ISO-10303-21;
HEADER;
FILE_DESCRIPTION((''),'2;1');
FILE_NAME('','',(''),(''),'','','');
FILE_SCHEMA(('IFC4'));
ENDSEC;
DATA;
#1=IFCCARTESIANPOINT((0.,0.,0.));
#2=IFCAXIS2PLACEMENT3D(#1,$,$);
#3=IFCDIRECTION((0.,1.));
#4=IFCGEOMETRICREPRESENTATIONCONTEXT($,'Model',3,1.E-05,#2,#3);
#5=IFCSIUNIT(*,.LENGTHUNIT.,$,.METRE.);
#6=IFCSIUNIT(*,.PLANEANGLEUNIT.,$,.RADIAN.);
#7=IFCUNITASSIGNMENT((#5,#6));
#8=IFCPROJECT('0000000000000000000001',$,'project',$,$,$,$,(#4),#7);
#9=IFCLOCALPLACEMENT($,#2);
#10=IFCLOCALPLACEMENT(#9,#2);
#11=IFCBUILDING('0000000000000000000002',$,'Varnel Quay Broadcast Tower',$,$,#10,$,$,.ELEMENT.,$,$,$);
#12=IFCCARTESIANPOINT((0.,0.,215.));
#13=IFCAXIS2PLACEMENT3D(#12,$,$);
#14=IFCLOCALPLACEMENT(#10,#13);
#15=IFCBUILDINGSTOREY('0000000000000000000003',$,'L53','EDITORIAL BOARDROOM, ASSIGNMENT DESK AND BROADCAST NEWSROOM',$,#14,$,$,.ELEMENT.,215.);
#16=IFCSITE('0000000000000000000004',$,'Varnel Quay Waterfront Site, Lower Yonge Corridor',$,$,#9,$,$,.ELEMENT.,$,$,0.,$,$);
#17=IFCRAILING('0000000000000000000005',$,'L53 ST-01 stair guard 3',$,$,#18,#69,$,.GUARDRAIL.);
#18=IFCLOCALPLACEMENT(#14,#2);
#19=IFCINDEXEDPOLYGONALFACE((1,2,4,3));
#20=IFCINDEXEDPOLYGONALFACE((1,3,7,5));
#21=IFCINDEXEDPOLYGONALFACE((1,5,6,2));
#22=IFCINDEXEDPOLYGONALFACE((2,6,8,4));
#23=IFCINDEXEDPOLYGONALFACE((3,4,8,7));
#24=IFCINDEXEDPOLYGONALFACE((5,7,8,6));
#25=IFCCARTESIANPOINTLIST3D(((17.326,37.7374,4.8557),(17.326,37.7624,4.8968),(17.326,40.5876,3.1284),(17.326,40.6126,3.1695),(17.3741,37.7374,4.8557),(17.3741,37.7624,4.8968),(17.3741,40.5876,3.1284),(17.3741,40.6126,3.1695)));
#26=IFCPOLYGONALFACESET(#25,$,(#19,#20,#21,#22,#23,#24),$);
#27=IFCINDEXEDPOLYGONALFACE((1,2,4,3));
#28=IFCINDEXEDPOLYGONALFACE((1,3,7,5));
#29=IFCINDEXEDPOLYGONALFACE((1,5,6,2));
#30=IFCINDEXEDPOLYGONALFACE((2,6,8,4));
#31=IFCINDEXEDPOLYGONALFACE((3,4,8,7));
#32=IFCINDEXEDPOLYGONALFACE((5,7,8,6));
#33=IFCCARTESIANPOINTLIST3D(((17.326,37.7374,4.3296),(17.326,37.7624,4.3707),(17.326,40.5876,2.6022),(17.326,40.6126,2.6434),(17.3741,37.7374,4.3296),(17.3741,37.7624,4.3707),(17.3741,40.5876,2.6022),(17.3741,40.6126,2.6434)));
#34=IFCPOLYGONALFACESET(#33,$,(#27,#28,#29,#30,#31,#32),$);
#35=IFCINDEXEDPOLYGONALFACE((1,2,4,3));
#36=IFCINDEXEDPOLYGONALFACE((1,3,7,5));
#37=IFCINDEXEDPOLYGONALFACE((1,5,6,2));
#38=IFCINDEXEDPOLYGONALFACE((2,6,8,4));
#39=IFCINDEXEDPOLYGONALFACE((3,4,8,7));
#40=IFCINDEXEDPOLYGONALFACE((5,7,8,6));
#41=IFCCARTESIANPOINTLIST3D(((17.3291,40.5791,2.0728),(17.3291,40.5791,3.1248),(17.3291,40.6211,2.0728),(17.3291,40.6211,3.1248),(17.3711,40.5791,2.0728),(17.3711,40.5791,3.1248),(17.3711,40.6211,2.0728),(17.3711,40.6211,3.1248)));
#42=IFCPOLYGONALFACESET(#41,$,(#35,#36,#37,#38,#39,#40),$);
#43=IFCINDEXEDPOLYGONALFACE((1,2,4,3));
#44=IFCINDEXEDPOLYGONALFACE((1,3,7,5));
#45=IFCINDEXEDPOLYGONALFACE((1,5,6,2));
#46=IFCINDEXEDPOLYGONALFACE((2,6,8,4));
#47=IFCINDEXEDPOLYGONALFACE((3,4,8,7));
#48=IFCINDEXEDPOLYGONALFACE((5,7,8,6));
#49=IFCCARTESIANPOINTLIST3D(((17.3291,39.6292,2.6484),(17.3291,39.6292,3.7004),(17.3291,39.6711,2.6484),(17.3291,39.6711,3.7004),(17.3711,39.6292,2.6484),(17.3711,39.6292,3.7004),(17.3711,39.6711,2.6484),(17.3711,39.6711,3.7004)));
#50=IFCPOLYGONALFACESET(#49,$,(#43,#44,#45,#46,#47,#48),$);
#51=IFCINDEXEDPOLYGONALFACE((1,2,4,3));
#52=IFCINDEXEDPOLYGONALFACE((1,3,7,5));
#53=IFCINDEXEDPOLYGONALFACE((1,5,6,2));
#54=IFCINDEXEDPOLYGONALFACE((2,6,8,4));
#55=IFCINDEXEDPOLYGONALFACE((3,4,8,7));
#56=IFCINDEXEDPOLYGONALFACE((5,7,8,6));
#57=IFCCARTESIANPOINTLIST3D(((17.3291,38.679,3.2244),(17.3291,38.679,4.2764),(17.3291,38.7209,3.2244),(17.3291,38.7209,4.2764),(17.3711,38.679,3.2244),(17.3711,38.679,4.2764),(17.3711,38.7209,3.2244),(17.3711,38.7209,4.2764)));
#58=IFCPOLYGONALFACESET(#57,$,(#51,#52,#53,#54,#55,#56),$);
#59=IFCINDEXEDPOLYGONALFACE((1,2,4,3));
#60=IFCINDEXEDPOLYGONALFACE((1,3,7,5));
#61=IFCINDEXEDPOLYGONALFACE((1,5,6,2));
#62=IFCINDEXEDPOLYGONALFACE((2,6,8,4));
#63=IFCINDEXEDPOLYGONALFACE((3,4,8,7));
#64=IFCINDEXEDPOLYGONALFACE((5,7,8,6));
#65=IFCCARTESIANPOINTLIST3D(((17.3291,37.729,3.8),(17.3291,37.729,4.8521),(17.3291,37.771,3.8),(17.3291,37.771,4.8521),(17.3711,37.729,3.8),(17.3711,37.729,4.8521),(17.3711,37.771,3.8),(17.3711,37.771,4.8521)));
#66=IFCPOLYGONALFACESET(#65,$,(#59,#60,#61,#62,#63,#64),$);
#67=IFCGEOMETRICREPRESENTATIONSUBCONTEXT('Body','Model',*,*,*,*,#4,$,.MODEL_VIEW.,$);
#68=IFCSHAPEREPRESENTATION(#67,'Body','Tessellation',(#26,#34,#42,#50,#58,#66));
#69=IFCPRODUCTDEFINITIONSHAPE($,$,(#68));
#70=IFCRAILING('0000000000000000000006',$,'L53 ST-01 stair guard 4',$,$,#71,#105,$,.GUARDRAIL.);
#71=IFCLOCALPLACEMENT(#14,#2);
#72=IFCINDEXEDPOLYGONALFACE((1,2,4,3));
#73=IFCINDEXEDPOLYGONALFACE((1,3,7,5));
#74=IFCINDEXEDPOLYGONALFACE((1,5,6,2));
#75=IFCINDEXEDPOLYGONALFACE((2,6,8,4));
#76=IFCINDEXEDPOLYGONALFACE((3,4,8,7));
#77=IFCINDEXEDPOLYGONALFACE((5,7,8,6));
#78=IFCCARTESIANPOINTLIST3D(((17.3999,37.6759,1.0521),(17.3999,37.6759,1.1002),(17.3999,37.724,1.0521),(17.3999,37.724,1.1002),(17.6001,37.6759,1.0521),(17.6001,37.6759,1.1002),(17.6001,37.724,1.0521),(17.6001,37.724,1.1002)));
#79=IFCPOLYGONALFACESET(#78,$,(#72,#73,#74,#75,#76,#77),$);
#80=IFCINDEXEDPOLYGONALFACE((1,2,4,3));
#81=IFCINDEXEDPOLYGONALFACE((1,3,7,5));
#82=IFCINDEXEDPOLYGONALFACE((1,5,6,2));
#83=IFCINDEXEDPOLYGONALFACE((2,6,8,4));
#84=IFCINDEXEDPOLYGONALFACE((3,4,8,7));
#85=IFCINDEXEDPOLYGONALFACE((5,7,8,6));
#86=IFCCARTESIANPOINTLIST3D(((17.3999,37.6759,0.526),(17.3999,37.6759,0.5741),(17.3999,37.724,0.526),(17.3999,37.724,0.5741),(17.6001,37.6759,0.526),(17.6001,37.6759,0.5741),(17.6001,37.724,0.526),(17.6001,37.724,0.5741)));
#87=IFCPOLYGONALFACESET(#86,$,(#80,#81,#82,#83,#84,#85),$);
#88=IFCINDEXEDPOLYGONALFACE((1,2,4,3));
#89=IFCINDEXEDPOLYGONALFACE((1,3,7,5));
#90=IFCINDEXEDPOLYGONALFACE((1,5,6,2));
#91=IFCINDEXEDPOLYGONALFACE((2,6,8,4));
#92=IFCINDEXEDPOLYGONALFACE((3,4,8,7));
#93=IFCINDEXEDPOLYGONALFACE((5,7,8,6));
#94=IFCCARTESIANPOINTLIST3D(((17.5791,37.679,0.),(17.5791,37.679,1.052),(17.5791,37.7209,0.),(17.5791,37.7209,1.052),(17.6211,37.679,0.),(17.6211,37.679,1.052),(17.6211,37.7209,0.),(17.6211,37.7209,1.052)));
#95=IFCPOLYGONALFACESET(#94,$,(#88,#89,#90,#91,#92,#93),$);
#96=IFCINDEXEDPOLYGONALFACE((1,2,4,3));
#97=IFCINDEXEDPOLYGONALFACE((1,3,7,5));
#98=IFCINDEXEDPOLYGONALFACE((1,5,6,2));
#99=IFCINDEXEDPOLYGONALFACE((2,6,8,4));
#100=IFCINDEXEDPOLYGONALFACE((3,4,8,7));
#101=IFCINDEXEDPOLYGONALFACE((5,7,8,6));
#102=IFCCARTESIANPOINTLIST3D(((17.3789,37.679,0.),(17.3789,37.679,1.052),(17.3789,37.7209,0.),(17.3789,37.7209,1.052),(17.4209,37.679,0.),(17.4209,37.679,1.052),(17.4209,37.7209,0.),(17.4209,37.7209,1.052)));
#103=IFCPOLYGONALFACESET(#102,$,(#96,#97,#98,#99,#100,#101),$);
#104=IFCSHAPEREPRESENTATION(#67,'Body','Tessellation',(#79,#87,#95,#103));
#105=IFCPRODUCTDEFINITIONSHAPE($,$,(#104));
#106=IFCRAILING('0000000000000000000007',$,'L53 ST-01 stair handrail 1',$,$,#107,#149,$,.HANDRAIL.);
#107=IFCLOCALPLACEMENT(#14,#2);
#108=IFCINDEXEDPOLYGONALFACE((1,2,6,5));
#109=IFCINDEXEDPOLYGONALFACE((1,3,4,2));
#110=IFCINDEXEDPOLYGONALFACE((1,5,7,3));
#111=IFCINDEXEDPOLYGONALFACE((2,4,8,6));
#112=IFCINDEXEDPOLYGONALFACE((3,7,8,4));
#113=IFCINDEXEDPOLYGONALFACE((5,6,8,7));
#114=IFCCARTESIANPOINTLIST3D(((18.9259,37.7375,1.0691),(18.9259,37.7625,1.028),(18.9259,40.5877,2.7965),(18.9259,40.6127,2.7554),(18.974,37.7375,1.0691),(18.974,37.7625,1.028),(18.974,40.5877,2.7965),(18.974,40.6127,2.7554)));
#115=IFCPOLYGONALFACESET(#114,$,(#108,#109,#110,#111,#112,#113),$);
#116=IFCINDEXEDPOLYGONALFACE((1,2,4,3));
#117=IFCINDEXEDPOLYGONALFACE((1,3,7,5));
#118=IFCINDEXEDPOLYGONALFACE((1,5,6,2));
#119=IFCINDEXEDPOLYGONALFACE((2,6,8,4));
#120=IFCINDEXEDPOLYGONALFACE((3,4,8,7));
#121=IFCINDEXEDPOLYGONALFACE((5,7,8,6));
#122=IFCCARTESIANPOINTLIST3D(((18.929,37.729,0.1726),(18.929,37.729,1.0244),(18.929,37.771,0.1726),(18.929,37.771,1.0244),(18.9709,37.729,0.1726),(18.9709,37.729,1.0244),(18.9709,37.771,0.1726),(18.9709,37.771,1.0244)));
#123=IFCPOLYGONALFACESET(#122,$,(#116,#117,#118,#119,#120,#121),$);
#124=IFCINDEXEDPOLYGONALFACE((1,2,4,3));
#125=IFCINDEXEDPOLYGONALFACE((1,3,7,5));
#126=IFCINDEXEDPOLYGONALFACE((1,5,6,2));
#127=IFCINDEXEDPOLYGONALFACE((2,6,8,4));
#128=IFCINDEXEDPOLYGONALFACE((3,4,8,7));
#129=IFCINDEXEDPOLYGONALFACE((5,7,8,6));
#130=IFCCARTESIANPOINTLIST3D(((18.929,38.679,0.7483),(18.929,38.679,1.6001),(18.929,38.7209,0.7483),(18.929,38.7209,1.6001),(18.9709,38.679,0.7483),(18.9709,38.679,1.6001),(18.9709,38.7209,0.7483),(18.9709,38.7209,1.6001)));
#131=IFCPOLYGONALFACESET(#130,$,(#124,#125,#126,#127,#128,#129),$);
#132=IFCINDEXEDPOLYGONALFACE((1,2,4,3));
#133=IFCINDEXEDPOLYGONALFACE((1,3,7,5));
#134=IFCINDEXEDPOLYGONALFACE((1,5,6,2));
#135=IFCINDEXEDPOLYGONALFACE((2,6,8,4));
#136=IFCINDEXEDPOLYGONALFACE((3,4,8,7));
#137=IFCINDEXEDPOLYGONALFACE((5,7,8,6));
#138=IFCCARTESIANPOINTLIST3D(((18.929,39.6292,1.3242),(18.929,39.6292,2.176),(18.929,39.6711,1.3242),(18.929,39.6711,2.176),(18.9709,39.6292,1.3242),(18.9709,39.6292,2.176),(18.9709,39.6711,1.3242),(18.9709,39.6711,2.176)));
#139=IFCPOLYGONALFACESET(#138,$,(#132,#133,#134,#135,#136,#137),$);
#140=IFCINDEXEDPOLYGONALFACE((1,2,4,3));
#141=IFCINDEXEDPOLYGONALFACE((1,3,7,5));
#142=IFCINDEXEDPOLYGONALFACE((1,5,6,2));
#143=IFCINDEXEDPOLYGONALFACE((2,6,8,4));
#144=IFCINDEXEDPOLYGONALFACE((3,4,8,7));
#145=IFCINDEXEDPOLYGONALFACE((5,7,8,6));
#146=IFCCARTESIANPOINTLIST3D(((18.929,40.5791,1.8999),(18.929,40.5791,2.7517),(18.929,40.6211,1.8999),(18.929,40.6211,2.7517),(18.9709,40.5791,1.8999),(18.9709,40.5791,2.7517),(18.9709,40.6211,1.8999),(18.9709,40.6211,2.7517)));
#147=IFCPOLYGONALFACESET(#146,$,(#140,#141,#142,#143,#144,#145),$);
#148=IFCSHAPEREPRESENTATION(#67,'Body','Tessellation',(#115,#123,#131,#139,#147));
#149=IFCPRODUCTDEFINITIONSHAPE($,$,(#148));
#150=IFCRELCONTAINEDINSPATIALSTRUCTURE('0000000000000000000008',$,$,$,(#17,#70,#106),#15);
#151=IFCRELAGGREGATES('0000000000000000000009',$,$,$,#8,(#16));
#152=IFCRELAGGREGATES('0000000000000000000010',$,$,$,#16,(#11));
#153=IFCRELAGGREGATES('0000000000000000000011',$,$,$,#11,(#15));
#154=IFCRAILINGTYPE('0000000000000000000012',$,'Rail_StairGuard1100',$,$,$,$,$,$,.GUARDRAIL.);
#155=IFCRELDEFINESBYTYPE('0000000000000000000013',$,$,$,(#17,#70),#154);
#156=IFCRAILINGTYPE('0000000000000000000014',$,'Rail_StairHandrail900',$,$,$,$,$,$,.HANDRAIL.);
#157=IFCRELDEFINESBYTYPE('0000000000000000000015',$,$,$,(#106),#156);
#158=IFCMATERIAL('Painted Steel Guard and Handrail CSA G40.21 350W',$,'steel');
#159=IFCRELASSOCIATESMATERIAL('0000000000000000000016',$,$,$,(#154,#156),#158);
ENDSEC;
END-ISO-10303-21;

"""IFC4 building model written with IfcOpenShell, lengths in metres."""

from ifc_helpers import new_model, si_unit, direction, frame, origin, origin_2d, place, context, subcontext, project, spatial, rectangle, extrude, material, type_object, element, save


model = new_model("IFC4")

# Units and contexts
model_context = context("Model", 3, precision=1e-05, world=origin(), true_north=direction((0.0, 1.0)))
body_context = subcontext(model_context, "Body", "Model", "MODEL_VIEW")
ifc_project = project(units=[si_unit("LENGTHUNIT", "METRE"), si_unit("PLANEANGLEUNIT", "RADIAN")], contexts=[model_context])

# Site, building, storey
site_placement = place(None, origin())
site = spatial("IfcSite", under=ifc_project, at=site_placement, Name="Varnel Quay Waterfront Site, Lower Yonge Corridor", CompositionType="ELEMENT", RefElevation=0.0)
building_placement = place(site_placement, origin())
building = spatial("IfcBuilding", under=site, at=building_placement, Name="Varnel Quay Broadcast Tower", CompositionType="ELEMENT")
storey_placement = place(building_placement, frame((0.0, 0.0, 215.0)))
storey = spatial("IfcBuildingStorey", under=building, at=storey_placement, Name="L53", Description="EDITORIAL BOARDROOM, ASSIGNMENT DESK AND BROADCAST NEWSROOM", CompositionType="ELEMENT", Elevation=215.0)

# Railings
ifc_material_1 = material(Name="Painted Steel Guard and Handrail CSA G40.21 350W", Category="steel")
railing_type_1 = type_object("IfcRailingType", Name="Rail_StairGuard1100", PredefinedType="GUARDRAIL", material=ifc_material_1)
railing_1_placement = place(storey_placement, frame((17.3501, 40.6001, 2.0728)))
element("IfcRailing", 1, at=railing_1_placement, inside=storey, type_object=railing_type_1, Name="L53 ST-01 stair guard 3", PredefinedType="GUARDRAIL", context=body_context, shape_type="SweptSolid", body=[
    extrude(rectangle(XDim=0.0481, YDim=0.0481, at=origin_2d()), frame((0.0, 0.0, 1.0762), z_axis=(0.0, -0.855203, 0.518294), x_axis=(1.0, 0.0, 0.0)), (0.0, 0.0, 1.0), 3.3328),
    extrude(rectangle(XDim=0.0481, YDim=0.0481, at=origin_2d()), frame((0.0, 0.0, 0.55), z_axis=(0.0, -0.855203, 0.518294), x_axis=(1.0, 0.0, 0.0)), (0.0, 0.0, 1.0), 3.3328),
    extrude(rectangle(XDim=0.042, YDim=0.042, at=origin_2d()), origin(), (0.0, 0.0, 1.0), 1.052),
    extrude(rectangle(XDim=0.042, YDim=0.042, at=origin_2d()), frame((0.0, -0.95, 0.5757)), (0.0, 0.0, 1.0), 1.052),
    extrude(rectangle(XDim=0.042, YDim=0.042, at=origin_2d()), frame((0.0, -1.9001, 1.1516)), (0.0, 0.0, 1.0), 1.052),
    extrude(rectangle(XDim=0.042, YDim=0.042, at=origin_2d()), frame((0.0, -2.8501, 1.7273)), (0.0, 0.0, 1.0), 1.052),
])
railing_2_placement = place(storey_placement, frame((17.6001, 37.7, 0.0)))
element("IfcRailing", 2, at=railing_2_placement, inside=storey, type_object=railing_type_1, Name="L53 ST-01 stair guard 4", PredefinedType="GUARDRAIL", context=body_context, shape_type="SweptSolid", body=[
    extrude(rectangle(XDim=0.0481, YDim=0.0481, at=origin_2d()), frame((0.0, 0.0, 1.0762), z_axis=(-1.0, 0.0, 0.0), x_axis=(0.0, -1.0, 0.0)), (0.0, 0.0, 1.0), 0.2002),
    extrude(rectangle(XDim=0.0481, YDim=0.0481, at=origin_2d()), frame((0.0, 0.0, 0.55), z_axis=(-1.0, 0.0, 0.0), x_axis=(0.0, -1.0, 0.0)), (0.0, 0.0, 1.0), 0.2002),
    extrude(rectangle(XDim=0.042, YDim=0.042, at=origin_2d()), origin(), (0.0, 0.0, 1.0), 1.052),
    extrude(rectangle(XDim=0.042, YDim=0.042, at=origin_2d()), frame((-0.2002, 0.0, 0.0)), (0.0, 0.0, 1.0), 1.052),
])
railing_type_2 = type_object("IfcRailingType", Name="Rail_StairHandrail900", PredefinedType="HANDRAIL", material=ifc_material_1)
railing_3_placement = place(storey_placement, frame((18.95, 37.75, 0.1726)))
element("IfcRailing", 3, at=railing_3_placement, inside=storey, type_object=railing_type_2, Name="L53 ST-01 stair handrail 1", PredefinedType="HANDRAIL", context=body_context, shape_type="SweptSolid", body=[
    extrude(rectangle(XDim=0.0481, YDim=0.0481, at=origin_2d()), frame((0.0, 0.0, 0.876), z_axis=(0.0, 0.855203, 0.518294), x_axis=(-1.0, 0.0, 0.0)), (0.0, 0.0, 1.0), 3.3328),
    extrude(rectangle(XDim=0.042, YDim=0.042, at=origin_2d()), origin(), (0.0, 0.0, 1.0), 0.8518),
    extrude(rectangle(XDim=0.042, YDim=0.042, at=origin_2d()), frame((0.0, 0.95, 0.5757)), (0.0, 0.0, 1.0), 0.8518),
    extrude(rectangle(XDim=0.042, YDim=0.042, at=origin_2d()), frame((0.0, 1.9001, 1.1516)), (0.0, 0.0, 1.0), 0.8518),
    extrude(rectangle(XDim=0.042, YDim=0.042, at=origin_2d()), frame((0.0, 2.8501, 1.7273)), (0.0, 0.0, 1.0), 0.8518),
])

save(model, "model.ifc")
